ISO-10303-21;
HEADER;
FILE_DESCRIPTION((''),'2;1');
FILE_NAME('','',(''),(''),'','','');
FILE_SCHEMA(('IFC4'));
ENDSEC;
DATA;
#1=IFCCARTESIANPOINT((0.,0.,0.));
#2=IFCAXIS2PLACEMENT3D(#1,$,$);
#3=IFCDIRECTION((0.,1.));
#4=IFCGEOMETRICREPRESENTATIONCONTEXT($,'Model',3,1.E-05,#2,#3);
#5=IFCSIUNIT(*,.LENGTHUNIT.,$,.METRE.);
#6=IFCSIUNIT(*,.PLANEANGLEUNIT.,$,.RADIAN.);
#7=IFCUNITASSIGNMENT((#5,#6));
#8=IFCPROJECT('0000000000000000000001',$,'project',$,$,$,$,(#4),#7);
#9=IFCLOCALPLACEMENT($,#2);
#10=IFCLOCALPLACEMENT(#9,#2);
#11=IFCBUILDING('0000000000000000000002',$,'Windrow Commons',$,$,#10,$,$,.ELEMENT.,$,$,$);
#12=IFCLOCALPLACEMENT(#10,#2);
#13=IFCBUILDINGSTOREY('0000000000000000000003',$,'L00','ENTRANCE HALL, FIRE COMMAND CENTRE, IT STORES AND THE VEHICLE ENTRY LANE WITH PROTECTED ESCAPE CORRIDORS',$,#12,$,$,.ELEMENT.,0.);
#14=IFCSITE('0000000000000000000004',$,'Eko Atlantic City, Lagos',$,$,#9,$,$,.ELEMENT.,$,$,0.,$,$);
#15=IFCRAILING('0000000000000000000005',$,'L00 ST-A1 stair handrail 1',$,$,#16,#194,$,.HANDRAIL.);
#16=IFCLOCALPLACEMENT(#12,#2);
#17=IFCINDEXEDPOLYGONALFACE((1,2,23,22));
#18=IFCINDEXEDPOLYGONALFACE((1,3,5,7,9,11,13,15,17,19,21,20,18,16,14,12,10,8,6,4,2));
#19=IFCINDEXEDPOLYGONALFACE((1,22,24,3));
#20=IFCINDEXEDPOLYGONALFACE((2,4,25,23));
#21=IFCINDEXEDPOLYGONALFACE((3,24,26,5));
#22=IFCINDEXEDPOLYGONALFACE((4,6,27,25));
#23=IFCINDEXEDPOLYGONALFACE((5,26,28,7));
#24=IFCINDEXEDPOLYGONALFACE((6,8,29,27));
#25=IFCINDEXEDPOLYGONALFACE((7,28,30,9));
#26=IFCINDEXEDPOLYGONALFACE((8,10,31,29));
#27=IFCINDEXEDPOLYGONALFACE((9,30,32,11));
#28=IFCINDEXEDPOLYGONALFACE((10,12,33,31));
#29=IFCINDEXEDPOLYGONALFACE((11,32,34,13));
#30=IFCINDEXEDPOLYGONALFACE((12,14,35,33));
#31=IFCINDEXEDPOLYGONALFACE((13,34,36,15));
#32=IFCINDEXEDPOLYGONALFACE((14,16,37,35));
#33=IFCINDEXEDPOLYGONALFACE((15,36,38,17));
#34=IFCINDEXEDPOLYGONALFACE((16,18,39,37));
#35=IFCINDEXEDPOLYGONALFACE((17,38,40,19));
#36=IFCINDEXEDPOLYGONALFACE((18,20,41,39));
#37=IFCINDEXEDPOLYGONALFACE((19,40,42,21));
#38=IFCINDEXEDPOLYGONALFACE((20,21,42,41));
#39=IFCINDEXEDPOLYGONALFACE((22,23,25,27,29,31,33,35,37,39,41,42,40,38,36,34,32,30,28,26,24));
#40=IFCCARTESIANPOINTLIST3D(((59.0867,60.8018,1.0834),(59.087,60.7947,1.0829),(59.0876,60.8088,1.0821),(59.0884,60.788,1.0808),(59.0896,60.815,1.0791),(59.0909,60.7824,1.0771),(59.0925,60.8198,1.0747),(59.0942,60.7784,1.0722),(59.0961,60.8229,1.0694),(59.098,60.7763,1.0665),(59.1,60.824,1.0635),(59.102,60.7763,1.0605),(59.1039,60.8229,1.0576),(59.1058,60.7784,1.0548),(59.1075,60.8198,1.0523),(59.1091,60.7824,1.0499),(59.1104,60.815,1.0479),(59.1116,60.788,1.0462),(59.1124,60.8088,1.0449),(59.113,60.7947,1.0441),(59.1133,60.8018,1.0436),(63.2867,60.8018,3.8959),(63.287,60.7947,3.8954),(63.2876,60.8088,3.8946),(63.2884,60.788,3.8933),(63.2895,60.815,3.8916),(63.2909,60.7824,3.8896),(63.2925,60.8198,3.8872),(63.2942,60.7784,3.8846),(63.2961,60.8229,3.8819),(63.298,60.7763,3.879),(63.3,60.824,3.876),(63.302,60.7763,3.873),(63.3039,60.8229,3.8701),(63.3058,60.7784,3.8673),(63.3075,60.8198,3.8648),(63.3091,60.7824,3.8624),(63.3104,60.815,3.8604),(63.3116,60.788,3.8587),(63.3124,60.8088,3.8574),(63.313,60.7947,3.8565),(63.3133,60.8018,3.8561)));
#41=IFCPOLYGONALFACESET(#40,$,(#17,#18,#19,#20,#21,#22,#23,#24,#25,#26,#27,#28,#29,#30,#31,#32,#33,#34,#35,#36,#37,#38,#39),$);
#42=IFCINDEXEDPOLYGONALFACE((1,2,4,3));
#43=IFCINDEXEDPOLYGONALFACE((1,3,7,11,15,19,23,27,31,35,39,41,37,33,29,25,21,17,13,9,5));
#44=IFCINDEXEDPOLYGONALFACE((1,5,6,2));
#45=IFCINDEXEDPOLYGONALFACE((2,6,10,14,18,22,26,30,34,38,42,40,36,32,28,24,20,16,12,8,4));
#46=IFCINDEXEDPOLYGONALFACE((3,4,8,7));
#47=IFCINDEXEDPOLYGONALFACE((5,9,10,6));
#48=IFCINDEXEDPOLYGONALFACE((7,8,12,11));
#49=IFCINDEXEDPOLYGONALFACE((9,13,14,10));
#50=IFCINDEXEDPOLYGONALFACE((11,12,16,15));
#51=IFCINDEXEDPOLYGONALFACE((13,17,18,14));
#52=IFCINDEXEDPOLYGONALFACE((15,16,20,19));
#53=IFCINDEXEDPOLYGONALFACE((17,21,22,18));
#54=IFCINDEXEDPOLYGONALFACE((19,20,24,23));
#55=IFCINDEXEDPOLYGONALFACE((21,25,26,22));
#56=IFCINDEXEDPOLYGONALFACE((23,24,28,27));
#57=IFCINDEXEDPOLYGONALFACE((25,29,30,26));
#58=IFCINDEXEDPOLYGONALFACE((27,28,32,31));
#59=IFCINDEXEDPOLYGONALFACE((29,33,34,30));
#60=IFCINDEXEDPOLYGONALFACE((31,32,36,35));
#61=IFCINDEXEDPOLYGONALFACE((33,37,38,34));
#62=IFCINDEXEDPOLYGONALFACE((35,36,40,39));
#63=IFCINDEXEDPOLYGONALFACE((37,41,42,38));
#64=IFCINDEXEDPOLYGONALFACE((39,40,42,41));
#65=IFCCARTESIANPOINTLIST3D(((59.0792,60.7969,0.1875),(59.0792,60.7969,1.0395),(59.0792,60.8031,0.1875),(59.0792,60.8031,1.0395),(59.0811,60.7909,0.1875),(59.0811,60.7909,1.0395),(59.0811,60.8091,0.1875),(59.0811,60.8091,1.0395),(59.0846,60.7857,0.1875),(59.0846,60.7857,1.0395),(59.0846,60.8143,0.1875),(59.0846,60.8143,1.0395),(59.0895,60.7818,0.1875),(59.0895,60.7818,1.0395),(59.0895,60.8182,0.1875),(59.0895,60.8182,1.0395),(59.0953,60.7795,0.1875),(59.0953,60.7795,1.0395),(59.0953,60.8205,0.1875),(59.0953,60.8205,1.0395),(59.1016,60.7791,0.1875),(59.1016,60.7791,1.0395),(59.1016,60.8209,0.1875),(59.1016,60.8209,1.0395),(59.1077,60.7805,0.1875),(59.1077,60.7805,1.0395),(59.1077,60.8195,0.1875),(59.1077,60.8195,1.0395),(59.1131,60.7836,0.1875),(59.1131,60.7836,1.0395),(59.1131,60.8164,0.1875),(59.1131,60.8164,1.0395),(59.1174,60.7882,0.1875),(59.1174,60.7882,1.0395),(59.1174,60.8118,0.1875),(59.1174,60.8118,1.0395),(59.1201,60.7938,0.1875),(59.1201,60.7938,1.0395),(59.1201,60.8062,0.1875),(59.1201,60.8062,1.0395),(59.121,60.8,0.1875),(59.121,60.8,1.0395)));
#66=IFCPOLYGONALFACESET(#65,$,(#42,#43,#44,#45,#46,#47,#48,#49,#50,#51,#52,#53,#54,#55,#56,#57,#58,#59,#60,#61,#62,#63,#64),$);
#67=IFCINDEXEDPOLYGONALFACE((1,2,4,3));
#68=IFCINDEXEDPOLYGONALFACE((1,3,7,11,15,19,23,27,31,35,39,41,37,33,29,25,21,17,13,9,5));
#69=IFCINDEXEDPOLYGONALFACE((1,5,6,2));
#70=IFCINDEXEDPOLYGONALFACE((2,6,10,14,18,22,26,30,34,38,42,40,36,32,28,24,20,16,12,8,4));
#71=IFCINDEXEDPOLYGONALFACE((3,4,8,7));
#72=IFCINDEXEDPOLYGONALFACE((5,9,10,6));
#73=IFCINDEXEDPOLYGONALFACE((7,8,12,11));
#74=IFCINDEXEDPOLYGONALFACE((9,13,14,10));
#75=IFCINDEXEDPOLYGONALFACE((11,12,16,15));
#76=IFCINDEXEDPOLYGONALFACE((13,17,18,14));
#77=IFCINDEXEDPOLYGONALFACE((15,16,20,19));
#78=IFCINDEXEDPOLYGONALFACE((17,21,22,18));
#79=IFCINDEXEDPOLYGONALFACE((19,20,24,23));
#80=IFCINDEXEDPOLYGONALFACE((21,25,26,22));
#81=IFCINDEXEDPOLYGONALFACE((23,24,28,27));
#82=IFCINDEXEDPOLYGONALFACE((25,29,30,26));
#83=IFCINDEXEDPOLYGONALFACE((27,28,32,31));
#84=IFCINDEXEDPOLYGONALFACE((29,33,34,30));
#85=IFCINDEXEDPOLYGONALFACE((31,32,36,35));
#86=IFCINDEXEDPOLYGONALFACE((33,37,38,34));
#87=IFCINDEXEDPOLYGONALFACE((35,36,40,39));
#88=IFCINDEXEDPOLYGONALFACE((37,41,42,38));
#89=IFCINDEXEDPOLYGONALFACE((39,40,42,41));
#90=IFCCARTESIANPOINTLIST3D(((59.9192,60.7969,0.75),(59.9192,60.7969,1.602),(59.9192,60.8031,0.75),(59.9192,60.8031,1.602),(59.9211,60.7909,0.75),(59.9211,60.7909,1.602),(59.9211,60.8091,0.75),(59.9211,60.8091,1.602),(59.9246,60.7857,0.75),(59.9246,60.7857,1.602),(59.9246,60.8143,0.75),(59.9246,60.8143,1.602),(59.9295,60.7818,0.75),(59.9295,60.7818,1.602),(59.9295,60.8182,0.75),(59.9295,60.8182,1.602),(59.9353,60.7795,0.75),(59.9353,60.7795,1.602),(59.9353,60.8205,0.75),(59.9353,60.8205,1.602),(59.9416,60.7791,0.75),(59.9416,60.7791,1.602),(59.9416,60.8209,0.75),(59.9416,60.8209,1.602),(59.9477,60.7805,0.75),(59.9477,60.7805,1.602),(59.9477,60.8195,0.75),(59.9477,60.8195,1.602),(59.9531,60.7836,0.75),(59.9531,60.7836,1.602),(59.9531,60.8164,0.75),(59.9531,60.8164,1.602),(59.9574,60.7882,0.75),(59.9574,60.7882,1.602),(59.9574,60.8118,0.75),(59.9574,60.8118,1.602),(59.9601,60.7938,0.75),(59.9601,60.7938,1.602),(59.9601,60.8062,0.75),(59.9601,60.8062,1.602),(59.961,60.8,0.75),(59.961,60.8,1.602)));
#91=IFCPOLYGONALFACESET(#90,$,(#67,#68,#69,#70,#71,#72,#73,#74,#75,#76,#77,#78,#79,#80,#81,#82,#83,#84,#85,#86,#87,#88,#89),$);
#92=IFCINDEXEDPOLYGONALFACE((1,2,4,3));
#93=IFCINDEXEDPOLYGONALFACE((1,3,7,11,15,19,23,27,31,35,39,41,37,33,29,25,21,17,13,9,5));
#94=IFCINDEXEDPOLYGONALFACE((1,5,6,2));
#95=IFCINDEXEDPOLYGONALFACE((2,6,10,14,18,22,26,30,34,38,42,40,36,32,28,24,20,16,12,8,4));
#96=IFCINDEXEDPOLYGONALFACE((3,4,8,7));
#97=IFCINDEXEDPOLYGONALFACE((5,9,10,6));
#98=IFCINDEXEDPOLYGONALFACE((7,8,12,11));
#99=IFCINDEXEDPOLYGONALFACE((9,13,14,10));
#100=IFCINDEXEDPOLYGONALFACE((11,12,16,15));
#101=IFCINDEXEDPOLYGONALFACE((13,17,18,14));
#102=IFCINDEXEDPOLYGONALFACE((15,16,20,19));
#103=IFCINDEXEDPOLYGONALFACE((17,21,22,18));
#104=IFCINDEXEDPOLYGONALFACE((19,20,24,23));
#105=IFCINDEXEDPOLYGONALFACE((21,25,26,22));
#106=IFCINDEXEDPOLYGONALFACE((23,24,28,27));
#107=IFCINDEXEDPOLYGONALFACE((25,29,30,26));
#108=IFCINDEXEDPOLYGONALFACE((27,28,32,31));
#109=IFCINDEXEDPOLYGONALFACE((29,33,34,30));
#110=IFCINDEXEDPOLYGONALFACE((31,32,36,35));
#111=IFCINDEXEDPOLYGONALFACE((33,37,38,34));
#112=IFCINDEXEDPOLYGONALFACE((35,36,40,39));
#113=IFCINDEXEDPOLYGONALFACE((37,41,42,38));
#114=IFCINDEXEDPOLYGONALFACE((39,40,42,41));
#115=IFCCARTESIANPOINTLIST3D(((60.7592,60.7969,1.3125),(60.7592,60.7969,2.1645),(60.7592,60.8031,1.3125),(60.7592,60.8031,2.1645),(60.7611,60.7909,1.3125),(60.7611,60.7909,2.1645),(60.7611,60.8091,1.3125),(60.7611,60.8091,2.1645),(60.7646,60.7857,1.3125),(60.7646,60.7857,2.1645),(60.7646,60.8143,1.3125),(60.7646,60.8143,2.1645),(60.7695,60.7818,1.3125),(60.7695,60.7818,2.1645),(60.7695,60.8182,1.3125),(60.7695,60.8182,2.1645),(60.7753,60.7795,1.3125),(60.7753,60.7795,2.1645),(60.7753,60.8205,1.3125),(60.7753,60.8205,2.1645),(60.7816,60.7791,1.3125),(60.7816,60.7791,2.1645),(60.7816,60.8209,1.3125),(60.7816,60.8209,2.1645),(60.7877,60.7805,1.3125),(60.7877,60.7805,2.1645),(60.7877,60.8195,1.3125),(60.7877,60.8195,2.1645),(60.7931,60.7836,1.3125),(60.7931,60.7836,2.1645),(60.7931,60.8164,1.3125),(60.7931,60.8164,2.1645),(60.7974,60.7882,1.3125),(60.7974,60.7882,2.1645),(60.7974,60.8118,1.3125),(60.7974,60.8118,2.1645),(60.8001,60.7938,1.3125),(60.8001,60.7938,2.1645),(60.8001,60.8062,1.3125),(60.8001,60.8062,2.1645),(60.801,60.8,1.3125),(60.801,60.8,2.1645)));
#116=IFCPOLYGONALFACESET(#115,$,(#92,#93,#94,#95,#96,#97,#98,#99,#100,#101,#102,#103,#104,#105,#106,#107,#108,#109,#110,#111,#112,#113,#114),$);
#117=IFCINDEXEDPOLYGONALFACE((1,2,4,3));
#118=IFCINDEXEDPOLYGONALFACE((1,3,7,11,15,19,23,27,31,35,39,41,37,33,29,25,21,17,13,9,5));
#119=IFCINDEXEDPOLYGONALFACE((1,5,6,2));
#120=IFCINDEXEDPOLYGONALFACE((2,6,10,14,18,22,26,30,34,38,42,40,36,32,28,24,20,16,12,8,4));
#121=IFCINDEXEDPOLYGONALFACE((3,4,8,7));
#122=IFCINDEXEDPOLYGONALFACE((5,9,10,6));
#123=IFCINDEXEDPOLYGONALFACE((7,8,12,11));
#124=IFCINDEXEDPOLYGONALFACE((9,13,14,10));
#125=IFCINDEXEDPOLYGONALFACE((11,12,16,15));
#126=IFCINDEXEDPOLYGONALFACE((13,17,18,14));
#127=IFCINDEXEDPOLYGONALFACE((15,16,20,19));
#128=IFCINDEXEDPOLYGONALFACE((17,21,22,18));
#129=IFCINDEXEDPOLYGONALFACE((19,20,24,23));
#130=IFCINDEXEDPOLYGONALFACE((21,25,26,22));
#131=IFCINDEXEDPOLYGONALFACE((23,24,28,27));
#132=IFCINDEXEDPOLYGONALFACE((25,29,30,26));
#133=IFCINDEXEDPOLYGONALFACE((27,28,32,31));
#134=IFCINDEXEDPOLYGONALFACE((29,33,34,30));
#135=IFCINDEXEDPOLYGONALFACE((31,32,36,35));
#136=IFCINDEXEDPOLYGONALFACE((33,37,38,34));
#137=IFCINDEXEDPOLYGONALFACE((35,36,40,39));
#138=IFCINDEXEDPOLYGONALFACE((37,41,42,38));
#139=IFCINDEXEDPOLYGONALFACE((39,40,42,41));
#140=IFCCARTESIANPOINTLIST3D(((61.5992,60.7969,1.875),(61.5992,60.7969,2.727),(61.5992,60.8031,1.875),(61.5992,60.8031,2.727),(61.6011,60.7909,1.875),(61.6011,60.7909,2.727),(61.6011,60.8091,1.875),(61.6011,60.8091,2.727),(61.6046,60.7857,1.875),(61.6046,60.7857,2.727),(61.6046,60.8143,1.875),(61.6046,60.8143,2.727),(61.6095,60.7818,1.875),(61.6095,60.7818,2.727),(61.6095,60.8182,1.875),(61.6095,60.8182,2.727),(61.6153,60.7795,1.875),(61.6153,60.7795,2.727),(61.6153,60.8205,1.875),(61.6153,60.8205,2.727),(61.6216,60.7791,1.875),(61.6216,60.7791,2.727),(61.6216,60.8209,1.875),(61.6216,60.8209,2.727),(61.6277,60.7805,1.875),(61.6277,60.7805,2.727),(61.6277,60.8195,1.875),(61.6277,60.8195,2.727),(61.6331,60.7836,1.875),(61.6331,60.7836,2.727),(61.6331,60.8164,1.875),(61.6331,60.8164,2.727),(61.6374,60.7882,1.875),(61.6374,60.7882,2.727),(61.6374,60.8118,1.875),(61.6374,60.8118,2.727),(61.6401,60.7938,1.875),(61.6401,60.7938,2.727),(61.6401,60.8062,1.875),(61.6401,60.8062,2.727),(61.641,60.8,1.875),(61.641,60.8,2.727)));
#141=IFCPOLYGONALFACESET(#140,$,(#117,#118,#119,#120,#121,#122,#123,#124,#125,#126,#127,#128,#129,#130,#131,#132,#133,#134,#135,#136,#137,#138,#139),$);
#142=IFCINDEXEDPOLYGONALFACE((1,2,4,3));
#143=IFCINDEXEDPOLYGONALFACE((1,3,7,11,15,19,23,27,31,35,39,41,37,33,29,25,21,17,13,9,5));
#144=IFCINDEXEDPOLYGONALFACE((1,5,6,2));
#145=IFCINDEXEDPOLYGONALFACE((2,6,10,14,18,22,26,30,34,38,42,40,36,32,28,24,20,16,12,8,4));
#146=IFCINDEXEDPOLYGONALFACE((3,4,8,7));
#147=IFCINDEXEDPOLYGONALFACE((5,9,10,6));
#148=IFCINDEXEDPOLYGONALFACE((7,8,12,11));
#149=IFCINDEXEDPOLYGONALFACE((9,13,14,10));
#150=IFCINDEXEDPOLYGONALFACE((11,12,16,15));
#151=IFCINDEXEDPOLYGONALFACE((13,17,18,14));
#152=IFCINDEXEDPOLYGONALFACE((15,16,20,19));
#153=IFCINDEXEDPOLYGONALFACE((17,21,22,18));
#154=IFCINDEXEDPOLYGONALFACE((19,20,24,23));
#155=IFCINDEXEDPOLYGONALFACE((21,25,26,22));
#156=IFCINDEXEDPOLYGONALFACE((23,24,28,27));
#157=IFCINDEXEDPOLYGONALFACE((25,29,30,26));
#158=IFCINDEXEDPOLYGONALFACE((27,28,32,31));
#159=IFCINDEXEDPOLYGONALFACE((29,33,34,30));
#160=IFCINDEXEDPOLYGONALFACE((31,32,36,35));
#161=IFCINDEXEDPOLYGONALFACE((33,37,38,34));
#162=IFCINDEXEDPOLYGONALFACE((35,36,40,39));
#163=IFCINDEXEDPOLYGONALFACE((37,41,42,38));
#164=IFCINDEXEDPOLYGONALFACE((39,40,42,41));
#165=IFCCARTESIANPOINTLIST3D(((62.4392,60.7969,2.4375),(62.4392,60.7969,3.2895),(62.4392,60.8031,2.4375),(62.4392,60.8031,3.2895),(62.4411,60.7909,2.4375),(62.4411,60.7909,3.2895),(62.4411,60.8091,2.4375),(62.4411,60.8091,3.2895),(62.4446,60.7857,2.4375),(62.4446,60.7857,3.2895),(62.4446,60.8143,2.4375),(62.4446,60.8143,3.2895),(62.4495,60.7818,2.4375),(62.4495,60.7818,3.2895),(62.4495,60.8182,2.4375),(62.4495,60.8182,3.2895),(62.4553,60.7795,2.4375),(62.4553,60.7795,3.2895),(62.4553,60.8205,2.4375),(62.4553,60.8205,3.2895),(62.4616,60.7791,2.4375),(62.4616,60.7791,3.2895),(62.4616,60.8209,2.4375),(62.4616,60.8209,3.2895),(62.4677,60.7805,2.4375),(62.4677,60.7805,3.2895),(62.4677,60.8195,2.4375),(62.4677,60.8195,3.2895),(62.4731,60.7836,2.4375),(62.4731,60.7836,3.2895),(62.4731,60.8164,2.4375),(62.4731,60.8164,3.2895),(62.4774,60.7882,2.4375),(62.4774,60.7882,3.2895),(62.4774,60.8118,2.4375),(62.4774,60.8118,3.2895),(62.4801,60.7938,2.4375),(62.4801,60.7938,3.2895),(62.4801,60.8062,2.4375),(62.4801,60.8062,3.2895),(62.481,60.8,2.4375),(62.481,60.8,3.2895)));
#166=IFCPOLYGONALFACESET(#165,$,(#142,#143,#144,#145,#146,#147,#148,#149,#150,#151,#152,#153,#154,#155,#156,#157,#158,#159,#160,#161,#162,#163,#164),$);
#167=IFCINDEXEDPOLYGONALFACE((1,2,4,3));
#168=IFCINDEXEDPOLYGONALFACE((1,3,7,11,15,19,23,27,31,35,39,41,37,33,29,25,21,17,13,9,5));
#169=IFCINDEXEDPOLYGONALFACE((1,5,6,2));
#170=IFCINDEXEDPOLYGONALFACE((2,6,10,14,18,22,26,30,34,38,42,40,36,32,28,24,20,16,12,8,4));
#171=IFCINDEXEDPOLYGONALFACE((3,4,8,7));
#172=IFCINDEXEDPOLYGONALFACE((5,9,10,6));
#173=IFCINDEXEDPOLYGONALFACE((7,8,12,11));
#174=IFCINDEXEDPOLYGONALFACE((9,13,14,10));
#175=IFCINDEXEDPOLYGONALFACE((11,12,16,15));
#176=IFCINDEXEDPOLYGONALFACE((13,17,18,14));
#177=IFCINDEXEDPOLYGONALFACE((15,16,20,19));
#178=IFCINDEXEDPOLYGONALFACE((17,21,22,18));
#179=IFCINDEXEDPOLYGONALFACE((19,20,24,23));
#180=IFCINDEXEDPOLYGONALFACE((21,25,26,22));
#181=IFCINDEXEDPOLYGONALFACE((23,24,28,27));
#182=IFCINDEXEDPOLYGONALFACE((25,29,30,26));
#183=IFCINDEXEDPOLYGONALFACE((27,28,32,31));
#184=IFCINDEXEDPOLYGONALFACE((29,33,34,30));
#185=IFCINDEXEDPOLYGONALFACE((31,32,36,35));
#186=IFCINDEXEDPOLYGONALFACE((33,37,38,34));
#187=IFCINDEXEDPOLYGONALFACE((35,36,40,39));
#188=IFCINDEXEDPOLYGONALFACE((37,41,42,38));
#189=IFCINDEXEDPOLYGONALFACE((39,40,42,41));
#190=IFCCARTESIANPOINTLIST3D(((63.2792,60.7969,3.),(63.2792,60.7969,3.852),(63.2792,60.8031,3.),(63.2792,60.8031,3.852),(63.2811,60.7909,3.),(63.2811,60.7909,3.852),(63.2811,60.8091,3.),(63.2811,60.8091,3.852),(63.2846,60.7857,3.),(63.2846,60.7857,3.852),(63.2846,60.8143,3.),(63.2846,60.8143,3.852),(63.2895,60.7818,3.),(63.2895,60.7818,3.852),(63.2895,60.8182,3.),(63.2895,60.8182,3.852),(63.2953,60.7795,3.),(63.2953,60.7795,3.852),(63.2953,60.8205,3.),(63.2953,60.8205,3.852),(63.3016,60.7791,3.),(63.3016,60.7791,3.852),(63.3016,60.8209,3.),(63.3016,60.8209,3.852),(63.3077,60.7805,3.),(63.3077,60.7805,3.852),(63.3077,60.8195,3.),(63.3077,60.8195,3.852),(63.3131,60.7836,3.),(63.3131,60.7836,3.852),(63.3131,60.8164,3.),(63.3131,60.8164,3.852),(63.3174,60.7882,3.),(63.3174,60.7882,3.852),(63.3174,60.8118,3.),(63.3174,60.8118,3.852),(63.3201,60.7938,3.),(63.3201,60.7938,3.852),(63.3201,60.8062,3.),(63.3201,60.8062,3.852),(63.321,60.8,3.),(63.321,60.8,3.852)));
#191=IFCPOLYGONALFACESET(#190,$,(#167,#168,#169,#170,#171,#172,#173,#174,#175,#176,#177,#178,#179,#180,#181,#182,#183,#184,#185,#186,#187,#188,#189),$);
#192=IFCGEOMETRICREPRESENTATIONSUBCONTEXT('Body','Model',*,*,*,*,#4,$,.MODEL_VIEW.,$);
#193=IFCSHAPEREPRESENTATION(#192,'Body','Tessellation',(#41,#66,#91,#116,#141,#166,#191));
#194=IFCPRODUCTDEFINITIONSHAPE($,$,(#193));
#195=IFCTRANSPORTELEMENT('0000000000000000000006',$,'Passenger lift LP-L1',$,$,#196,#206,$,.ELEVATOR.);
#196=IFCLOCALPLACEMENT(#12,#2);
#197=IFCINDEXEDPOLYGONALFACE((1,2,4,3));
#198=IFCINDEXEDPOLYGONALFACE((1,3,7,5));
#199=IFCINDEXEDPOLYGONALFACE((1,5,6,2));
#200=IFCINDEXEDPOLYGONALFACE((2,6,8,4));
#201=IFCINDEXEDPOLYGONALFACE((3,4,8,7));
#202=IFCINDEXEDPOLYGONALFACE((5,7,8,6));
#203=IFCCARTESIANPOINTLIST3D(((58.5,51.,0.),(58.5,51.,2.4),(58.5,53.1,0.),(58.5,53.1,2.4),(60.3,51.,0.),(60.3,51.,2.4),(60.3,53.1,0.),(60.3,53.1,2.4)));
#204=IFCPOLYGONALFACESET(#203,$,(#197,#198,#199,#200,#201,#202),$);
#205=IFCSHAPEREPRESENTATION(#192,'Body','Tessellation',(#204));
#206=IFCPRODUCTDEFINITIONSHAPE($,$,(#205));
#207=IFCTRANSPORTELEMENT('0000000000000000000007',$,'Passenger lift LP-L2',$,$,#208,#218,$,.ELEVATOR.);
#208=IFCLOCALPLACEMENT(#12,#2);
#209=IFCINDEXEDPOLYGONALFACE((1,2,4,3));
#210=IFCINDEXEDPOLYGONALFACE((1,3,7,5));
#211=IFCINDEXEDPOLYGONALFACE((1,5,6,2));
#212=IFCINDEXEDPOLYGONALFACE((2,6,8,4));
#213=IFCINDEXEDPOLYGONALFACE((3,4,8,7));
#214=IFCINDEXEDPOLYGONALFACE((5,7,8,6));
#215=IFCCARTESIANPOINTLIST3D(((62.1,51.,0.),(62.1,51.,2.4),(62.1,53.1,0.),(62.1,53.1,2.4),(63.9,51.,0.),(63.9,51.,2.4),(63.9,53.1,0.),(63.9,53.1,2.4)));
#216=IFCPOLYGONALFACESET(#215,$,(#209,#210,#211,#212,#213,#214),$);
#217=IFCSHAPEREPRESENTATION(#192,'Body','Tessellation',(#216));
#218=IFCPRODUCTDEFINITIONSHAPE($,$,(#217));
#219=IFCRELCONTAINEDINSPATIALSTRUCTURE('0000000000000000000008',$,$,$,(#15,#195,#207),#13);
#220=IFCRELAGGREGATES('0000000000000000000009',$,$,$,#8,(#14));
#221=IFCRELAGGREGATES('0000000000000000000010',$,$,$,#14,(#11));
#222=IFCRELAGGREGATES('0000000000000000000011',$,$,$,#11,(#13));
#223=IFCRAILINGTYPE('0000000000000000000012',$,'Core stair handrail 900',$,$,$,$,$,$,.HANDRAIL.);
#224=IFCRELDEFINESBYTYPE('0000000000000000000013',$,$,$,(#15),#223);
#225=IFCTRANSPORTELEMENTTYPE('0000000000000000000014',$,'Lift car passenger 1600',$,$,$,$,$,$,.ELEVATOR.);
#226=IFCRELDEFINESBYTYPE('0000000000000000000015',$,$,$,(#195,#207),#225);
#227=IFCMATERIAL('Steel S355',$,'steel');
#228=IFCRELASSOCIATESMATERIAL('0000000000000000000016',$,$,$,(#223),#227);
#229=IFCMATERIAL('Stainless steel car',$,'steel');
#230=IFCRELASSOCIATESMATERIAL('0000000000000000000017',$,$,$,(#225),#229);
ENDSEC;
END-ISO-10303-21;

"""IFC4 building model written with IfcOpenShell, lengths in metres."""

from ifc_helpers import new_model, si_unit, direction, frame, origin, origin_2d, place, context, subcontext, project, spatial, rectangle, circle, extrude, material, type_object, element, save


model = new_model("IFC4")

# Units and contexts
model_context = context("Model", 3, precision=1e-05, world=origin(), true_north=direction((0.0, 1.0)))
body_context = subcontext(model_context, "Body", "Model", "MODEL_VIEW")
ifc_project = project(units=[si_unit("LENGTHUNIT", "METRE"), si_unit("PLANEANGLEUNIT", "RADIAN")], contexts=[model_context])

# Site, building, storey
site_placement = place(None, origin())
site = spatial("IfcSite", under=ifc_project, at=site_placement, Name="Eko Atlantic City, Lagos", CompositionType="ELEMENT", RefElevation=0.0)
building_placement = place(site_placement, origin())
building = spatial("IfcBuilding", under=site, at=building_placement, Name="Windrow Commons", CompositionType="ELEMENT")
storey_placement = place(building_placement, origin())
storey = spatial("IfcBuildingStorey", under=building, at=storey_placement, Name="L00", Description="ENTRANCE HALL, FIRE COMMAND CENTRE, IT STORES AND THE VEHICLE ENTRY LANE WITH PROTECTED ESCAPE CORRIDORS", CompositionType="ELEMENT", Elevation=0.0)

# Railing
ifc_material_1 = material(Name="Steel S355", Category="steel")
railing_type = type_object("IfcRailingType", Name="Core stair handrail 900", PredefinedType="HANDRAIL", material=ifc_material_1)
railing_placement = place(storey_placement, frame((59.1, 60.8, 0.1875)))
element("IfcRailing", 1, at=railing_placement, inside=storey, type_object=railing_type, Name="L00 ST-A1 stair handrail 1", PredefinedType="HANDRAIL", context=body_context, shape_type="SweptSolid", body=[
    extrude(circle(Radius=0.024, at=origin_2d()), frame((0.0, 0.0, 0.876), z_axis=(0.830907, 0.0, 0.556411), x_axis=(0.0, 1.0, 0.0)), (0.0, 0.0, 1.0), 5.0547),
    extrude(circle(Radius=0.021, at=origin_2d()), origin(), (0.0, 0.0, 1.0), 0.852),
    extrude(circle(Radius=0.021, at=origin_2d()), frame((0.84, 0.0, 0.5625)), (0.0, 0.0, 1.0), 0.852),
    extrude(circle(Radius=0.021, at=origin_2d()), frame((1.68, 0.0, 1.125)), (0.0, 0.0, 1.0), 0.852),
    extrude(circle(Radius=0.021, at=origin_2d()), frame((2.52, 0.0, 1.6875)), (0.0, 0.0, 1.0), 0.852),
    extrude(circle(Radius=0.021, at=origin_2d()), frame((3.36, 0.0, 2.25)), (0.0, 0.0, 1.0), 0.852),
    extrude(circle(Radius=0.021, at=origin_2d()), frame((4.2, 0.0, 2.8125)), (0.0, 0.0, 1.0), 0.852),
])

# Transport elements
ifc_material_2 = material(Name="Stainless steel car", Category="steel")
transport_element_type = type_object("IfcTransportElementType", Name="Lift car passenger 1600", PredefinedType="ELEVATOR", material=ifc_material_2)
for number, where, z_axis, x_axis, name in (
    (2, (59.4, 52.05, 0.0), (0.0, 0.0, 1.0), (1.0, 0.0, 0.0), "Passenger lift LP-L1"),
    (3, (63.0, 52.05, 0.0), (0.0, 0.0, 1.0), (1.0, 0.0, 0.0), "Passenger lift LP-L2"),
):
    element("IfcTransportElement", number, at=place(storey_placement, frame(where, z_axis=z_axis, x_axis=x_axis)), inside=storey, type_object=transport_element_type, Name=name, PredefinedType="ELEVATOR", context=body_context, shape_type="SweptSolid", body=[
        extrude(rectangle(XDim=1.8, YDim=2.1, at=origin_2d()), origin(), (0.0, 0.0, 1.0), 2.4),
    ])

save(model, "model.ifc")
